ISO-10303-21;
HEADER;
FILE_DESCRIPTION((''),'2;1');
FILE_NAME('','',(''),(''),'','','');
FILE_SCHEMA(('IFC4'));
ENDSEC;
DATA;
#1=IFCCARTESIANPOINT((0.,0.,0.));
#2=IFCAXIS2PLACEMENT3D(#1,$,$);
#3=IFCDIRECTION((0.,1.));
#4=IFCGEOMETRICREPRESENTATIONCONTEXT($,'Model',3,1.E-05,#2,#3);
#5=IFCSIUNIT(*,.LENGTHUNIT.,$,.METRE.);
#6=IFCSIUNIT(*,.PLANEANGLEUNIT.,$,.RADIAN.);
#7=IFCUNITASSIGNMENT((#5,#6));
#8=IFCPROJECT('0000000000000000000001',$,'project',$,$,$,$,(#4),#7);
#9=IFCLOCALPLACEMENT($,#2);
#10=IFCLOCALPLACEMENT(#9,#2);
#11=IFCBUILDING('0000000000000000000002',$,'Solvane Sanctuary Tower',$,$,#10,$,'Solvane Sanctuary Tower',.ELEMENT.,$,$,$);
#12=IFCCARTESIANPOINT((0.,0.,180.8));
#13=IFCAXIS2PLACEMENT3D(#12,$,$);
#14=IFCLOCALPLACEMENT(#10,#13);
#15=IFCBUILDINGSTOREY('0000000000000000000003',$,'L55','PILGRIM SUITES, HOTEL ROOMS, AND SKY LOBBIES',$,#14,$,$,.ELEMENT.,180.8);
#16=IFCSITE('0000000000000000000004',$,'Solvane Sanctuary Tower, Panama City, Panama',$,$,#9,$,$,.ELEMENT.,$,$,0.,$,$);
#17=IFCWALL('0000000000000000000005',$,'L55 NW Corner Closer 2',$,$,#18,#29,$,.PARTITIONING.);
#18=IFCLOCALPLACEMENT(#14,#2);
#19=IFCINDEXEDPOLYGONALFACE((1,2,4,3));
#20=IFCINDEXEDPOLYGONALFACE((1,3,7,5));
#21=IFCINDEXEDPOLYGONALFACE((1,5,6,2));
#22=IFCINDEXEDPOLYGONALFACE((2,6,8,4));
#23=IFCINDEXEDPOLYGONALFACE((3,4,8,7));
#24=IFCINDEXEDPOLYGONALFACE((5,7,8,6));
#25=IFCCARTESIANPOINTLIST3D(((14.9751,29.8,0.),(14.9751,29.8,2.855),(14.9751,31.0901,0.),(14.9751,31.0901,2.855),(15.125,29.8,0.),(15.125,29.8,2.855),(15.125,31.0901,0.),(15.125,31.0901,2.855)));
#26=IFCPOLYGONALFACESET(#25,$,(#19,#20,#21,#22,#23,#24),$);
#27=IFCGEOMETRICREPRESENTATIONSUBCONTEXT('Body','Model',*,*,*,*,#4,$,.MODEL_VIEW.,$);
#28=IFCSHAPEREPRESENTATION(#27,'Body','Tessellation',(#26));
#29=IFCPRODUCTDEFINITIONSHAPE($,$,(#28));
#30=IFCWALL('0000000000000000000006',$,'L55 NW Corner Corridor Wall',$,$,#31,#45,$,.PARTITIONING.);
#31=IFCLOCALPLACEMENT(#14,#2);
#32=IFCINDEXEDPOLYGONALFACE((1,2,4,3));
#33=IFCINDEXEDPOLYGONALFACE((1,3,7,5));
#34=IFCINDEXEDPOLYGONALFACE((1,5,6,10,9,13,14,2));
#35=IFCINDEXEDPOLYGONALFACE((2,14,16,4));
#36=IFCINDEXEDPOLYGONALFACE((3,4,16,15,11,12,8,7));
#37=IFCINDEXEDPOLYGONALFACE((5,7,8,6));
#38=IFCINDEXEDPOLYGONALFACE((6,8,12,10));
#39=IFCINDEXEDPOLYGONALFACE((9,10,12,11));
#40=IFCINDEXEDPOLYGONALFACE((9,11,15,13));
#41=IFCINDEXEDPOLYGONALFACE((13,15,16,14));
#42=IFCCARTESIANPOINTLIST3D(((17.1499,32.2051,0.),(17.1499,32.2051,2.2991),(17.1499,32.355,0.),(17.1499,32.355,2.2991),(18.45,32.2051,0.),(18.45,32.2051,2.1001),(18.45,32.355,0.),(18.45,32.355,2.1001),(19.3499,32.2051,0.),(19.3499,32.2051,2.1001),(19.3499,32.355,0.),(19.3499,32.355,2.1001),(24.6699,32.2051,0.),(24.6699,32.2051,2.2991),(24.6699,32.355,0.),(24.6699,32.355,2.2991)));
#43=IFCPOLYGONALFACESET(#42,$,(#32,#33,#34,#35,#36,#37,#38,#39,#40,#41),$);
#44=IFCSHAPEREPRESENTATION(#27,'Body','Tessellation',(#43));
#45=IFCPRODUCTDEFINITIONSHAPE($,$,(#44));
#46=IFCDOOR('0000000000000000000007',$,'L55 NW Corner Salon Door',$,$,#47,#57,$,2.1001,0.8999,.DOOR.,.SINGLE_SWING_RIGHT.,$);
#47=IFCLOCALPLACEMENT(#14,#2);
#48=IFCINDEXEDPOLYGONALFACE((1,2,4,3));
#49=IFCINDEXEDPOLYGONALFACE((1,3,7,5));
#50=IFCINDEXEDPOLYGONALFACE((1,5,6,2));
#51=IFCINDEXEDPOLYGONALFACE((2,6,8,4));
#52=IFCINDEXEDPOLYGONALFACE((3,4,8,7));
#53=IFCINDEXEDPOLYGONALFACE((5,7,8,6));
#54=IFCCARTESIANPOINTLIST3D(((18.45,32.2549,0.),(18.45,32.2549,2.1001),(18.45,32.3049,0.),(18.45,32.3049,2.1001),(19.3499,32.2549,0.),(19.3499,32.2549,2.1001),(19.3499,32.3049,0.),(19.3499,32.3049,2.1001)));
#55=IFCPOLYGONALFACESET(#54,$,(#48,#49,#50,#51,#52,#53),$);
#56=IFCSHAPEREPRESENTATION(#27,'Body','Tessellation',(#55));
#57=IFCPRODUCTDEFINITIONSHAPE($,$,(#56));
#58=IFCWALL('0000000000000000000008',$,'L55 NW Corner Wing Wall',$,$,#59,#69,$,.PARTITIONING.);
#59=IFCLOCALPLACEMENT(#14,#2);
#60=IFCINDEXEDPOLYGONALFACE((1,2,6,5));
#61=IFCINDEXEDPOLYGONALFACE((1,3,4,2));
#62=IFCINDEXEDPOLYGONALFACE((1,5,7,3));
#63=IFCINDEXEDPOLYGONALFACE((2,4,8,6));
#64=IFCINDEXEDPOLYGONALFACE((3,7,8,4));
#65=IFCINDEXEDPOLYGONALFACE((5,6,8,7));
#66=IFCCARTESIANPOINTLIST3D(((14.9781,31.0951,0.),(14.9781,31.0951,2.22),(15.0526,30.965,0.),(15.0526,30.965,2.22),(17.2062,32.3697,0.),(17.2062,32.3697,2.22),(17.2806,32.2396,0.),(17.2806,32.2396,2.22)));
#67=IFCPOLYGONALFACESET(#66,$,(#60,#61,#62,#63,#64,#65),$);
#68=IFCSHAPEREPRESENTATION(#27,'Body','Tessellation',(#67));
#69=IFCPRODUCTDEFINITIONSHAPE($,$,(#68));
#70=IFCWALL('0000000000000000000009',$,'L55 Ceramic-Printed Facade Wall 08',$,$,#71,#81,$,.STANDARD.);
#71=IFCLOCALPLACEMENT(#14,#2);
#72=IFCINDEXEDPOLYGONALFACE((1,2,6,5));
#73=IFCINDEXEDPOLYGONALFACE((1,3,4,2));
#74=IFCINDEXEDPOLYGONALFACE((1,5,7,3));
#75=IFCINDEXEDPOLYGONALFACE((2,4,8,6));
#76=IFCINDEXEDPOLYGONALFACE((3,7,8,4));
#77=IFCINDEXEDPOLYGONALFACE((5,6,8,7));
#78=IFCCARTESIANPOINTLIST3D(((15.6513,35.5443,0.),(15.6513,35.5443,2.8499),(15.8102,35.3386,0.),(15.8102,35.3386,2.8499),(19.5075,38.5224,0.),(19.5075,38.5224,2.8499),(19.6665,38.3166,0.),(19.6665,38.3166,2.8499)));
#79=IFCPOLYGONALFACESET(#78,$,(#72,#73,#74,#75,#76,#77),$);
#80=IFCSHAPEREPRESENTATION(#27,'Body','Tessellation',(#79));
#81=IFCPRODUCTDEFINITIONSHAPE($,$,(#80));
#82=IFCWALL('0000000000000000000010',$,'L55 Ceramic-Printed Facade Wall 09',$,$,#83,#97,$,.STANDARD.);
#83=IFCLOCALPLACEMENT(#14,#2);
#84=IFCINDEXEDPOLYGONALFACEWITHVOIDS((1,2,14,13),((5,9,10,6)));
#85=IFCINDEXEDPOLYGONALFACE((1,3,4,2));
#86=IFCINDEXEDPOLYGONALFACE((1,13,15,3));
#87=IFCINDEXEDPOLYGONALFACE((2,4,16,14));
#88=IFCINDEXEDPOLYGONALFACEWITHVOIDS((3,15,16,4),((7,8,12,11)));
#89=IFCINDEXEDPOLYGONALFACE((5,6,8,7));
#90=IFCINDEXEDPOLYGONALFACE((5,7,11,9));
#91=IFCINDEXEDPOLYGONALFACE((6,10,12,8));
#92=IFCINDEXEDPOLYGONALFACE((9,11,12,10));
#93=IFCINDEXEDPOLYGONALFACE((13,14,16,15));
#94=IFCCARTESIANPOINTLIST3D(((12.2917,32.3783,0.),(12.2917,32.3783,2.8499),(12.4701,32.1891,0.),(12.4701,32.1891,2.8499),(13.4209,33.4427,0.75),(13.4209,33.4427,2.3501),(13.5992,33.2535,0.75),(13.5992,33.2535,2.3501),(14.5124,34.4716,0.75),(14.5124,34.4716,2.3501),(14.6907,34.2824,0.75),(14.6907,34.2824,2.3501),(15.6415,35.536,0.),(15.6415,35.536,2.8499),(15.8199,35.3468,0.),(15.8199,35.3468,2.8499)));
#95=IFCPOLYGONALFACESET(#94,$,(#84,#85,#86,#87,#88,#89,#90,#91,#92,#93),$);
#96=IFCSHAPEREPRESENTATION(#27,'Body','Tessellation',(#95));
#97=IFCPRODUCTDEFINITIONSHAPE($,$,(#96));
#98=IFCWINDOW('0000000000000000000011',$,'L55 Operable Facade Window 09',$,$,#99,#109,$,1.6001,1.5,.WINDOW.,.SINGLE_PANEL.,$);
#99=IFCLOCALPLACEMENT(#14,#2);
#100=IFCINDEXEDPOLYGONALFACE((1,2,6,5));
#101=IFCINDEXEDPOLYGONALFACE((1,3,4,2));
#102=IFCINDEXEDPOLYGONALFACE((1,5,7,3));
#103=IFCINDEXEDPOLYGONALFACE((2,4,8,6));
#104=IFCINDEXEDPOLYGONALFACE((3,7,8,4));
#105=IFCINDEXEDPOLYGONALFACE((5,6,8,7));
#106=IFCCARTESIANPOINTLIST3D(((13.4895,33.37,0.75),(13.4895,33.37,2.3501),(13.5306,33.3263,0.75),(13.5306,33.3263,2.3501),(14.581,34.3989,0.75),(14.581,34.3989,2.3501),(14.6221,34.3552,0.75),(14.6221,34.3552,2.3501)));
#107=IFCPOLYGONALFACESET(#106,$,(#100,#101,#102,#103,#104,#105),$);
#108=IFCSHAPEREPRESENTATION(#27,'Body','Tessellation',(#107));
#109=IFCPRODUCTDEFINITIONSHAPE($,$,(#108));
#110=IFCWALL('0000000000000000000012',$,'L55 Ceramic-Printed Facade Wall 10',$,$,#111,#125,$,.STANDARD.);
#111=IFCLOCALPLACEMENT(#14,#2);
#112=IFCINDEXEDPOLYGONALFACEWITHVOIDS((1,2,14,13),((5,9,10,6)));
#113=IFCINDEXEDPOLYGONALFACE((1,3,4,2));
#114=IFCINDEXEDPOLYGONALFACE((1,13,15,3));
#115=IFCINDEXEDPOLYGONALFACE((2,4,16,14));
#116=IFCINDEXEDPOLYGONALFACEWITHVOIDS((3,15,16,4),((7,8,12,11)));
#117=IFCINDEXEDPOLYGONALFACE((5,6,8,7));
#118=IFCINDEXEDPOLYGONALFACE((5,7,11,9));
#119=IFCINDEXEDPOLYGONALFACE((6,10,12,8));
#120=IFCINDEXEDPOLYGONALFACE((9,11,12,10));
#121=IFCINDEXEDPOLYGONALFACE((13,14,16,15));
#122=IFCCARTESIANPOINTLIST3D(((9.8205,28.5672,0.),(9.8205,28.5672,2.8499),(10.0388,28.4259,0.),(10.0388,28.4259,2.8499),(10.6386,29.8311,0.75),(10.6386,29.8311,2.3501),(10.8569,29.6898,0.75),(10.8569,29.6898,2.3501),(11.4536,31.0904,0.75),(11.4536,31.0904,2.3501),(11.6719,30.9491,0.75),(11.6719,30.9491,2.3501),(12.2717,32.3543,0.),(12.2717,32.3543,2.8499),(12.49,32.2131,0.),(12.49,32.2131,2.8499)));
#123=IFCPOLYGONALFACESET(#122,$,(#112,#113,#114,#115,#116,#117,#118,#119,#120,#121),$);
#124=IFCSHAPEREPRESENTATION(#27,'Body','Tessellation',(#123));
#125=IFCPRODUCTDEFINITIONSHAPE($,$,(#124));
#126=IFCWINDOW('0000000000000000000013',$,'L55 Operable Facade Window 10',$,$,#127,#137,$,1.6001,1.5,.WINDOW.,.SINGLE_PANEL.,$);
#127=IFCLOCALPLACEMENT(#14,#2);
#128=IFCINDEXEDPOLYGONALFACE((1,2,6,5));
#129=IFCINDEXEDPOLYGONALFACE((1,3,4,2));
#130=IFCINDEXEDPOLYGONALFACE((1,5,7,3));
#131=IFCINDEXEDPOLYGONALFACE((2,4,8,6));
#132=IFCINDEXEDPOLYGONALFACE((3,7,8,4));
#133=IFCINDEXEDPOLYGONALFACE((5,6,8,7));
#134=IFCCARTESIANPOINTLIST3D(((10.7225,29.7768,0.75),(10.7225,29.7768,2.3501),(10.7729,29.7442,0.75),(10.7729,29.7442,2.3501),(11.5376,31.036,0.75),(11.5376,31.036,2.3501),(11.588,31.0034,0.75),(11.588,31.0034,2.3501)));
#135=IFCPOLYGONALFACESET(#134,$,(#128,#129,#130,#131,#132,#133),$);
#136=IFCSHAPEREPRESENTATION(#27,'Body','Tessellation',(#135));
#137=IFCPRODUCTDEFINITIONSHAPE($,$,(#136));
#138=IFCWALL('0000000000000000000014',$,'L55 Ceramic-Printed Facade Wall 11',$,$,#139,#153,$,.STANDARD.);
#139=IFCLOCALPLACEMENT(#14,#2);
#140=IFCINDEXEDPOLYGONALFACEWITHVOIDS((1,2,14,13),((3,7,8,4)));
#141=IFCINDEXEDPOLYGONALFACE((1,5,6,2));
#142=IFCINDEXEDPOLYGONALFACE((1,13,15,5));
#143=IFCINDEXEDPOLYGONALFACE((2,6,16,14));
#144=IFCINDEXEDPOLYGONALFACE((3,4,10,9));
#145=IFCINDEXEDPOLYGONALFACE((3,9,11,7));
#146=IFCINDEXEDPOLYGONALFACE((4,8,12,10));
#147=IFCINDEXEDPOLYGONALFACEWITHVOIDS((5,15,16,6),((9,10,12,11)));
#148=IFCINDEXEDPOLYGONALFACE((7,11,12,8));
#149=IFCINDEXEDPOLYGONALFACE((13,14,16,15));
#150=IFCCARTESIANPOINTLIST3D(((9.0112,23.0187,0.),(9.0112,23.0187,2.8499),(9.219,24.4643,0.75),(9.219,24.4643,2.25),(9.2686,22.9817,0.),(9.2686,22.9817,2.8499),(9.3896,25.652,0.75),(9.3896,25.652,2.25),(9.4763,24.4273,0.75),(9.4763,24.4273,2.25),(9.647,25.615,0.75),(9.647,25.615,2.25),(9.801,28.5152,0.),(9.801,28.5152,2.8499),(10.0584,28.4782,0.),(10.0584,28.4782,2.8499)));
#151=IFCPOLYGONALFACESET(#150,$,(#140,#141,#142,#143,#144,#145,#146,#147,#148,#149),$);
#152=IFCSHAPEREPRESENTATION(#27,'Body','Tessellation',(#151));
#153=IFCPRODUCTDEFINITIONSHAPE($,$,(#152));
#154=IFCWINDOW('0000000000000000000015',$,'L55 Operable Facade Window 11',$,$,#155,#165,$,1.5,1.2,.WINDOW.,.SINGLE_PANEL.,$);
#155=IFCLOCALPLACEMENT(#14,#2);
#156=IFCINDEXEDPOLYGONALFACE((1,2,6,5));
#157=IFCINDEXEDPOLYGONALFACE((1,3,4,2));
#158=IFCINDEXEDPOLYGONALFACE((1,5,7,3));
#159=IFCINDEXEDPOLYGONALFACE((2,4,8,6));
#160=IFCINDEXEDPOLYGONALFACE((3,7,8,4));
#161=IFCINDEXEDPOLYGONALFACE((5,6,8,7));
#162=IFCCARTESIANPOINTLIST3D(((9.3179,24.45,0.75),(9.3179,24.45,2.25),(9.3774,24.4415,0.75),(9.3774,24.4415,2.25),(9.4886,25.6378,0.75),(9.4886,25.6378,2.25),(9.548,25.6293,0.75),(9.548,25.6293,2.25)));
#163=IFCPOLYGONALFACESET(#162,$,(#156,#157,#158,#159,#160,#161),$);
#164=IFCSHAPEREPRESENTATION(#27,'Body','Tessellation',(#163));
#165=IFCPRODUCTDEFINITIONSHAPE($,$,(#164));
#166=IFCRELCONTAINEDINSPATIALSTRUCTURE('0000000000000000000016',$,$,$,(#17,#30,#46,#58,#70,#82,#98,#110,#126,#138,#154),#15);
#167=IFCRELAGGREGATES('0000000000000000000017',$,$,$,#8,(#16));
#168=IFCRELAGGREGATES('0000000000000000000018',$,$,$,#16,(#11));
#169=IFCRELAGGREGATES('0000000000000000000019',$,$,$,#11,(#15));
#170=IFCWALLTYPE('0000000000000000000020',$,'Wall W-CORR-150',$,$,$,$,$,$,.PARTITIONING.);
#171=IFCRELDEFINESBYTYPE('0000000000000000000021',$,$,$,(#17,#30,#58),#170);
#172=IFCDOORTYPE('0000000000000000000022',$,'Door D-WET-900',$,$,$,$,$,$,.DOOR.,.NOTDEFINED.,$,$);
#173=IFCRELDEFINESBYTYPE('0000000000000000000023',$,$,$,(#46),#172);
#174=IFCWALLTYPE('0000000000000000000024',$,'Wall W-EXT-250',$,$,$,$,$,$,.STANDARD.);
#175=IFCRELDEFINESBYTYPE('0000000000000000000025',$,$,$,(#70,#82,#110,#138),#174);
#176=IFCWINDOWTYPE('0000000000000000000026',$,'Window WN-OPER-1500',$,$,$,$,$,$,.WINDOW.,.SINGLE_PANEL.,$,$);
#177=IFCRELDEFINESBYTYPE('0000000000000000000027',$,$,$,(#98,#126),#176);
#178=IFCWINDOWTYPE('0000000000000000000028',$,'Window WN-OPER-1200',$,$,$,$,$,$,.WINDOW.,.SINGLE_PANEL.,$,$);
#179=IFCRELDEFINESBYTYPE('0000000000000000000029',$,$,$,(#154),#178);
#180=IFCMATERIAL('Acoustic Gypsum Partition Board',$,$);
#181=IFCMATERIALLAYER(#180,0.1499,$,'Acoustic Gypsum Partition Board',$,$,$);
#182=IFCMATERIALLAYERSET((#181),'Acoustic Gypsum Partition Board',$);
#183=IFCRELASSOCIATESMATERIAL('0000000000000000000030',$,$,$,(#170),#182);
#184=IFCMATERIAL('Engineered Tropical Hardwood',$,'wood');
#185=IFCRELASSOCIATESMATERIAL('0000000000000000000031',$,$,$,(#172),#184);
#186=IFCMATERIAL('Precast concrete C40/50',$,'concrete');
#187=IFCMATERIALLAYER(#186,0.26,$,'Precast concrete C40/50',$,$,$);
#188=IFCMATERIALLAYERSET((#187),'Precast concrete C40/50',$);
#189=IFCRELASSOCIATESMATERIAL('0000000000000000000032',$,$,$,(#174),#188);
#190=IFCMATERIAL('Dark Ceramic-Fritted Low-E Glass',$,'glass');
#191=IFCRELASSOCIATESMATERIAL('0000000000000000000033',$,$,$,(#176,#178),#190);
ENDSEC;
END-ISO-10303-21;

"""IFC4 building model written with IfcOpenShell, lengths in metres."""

from ifc_helpers import new_model, si_unit, direction, frame, frame_2d, origin, place, context, subcontext, project, spatial, rectangle, extrude, material, layer, layer_set, type_object, element, fill, save


model = new_model("IFC4")

# Units and contexts
model_context = context("Model", 3, precision=1e-05, world=origin(), true_north=direction((0.0, 1.0)))
body_context = subcontext(model_context, "Body", "Model", "MODEL_VIEW")
ifc_project = project(units=[si_unit("LENGTHUNIT", "METRE"), si_unit("PLANEANGLEUNIT", "RADIAN")], contexts=[model_context])

# Site, building, storey
site_placement = place(None, origin())
site = spatial("IfcSite", under=ifc_project, at=site_placement, Name="Solvane Sanctuary Tower, Panama City, Panama", CompositionType="ELEMENT", RefElevation=0.0)
building_placement = place(site_placement, origin())
building = spatial("IfcBuilding", under=site, at=building_placement, Name="Solvane Sanctuary Tower", LongName="Solvane Sanctuary Tower", CompositionType="ELEMENT")
storey_placement = place(building_placement, frame((0.0, 0.0, 180.8)))
storey = spatial("IfcBuildingStorey", under=building, at=storey_placement, Name="L55", Description="PILGRIM SUITES, HOTEL ROOMS, AND SKY LOBBIES", CompositionType="ELEMENT", Elevation=180.8)

# Wall
ifc_material_1 = material(Name="Acoustic Gypsum Partition Board")
ifc_layer_1 = layer(ifc_material_1, 0.1499, Name="Acoustic Gypsum Partition Board")
ifc_layer_set_1 = layer_set([ifc_layer_1], Name="Acoustic Gypsum Partition Board")
wall_type_1 = type_object("IfcWallType", Name="Wall W-CORR-150", PredefinedType="PARTITIONING", material=ifc_layer_set_1)
wall_1_placement = place(storey_placement, frame((15.05, 29.8, 0.0), z_axis=(0.0, 0.0, 1.0), x_axis=(0.0, 1.0, 0.0)))
element("IfcWall", 1, at=wall_1_placement, inside=storey, type_object=wall_type_1, Name="L55 NW Corner Closer 2", PredefinedType="PARTITIONING", context=body_context, shape_type="SweptSolid", body=[
    extrude(rectangle(XDim=1.29, YDim=0.1499, at=frame_2d((0.645, 0.0))), origin(), (0.0, 0.0, 1.0), 2.855),
])

# Wall, opening, door
wall_2_placement = place(storey_placement, frame((17.1499, 32.28, 0.0), z_axis=(0.0, 0.0, 1.0), x_axis=(1.0, 0.0, 0.0)))
wall_2 = element("IfcWall", 2, at=wall_2_placement, inside=storey, type_object=wall_type_1, Name="L55 NW Corner Corridor Wall", PredefinedType="PARTITIONING", context=body_context, shape_type="SweptSolid", body=[
    extrude(rectangle(XDim=7.52, YDim=0.1499, at=frame_2d((3.76, 0.0))), origin(), (0.0, 0.0, 1.0), 2.2991),
])
opening_1_placement = place(wall_2_placement, frame((1.3, 0.0, 0.0)))
opening_1 = element("IfcOpeningElement", 3, at=opening_1_placement, cuts=wall_2, PredefinedType="OPENING", context=body_context, shape_type="SweptSolid", body=[
    extrude(rectangle(XDim=0.8999, YDim=2.1001, at=frame_2d((0.45, 1.05))), frame((0.0, 0.085, 0.0), z_axis=(0.0, -1.0, 0.0), x_axis=(1.0, 0.0, 0.0)), (0.0, 0.0, 1.0), 0.1699),
])
ifc_material_2 = material(Name="Engineered Tropical Hardwood", Category="wood")
door_type_1 = type_object("IfcDoorType", Name="Door D-WET-900", OperationType="NOTDEFINED", PredefinedType="DOOR", material=ifc_material_2)
door_1_placement = place(opening_1_placement, origin())
door_1 = element("IfcDoor", 4, at=door_1_placement, inside=storey, type_object=door_type_1, Name="L55 NW Corner Salon Door", OperationType="SINGLE_SWING_RIGHT", OverallHeight=2.1001, OverallWidth=0.8999, PredefinedType="DOOR", context=body_context, shape_type="SweptSolid", body=[
    extrude(rectangle(XDim=0.8999, YDim=2.1001, at=frame_2d((0.45, 1.05))), frame((0.0, 0.0249, 0.0), z_axis=(0.0, -1.0, 0.0), x_axis=(1.0, 0.0, 0.0)), (0.0, 0.0, 1.0), 0.05),
])
fill(opening_1, door_1)

# Walls
wall_3_placement = place(storey_placement, frame((17.2434, 32.3047, 0.0), z_axis=(0.0, 0.0, 1.0), x_axis=(-0.867991, -0.496579, 0.0)))
element("IfcWall", 5, at=wall_3_placement, inside=storey, type_object=wall_type_1, Name="L55 NW Corner Wing Wall", PredefinedType="PARTITIONING", context=body_context, shape_type="SweptSolid", body=[
    extrude(rectangle(XDim=2.5669, YDim=0.1499, at=frame_2d((1.2834, 0.0))), origin(), (0.0, 0.0, 1.0), 2.22),
])
ifc_material_3 = material(Name="Precast concrete C40/50", Category="concrete")
ifc_layer_2 = layer(ifc_material_3, 0.26, Name="Precast concrete C40/50")
ifc_layer_set_2 = layer_set([ifc_layer_2], Name="Precast concrete C40/50")
wall_type_2 = type_object("IfcWallType", Name="Wall W-EXT-250", PredefinedType="STANDARD", material=ifc_layer_set_2)
wall_4_placement = place(storey_placement, frame((19.5869, 38.4194, 0.0), z_axis=(0.0, 0.0, 1.0), x_axis=(-0.79146, -0.611221, 0.0)))
element("IfcWall", 6, at=wall_4_placement, inside=storey, type_object=wall_type_2, Name="L55 Ceramic-Printed Facade Wall 08", PredefinedType="STANDARD", context=body_context, shape_type="SweptSolid", body=[
    extrude(rectangle(XDim=4.8723, YDim=0.26, at=frame_2d((2.436, 0.0))), origin(), (0.0, 0.0, 1.0), 2.8499),
])

# Walls, openings, windows
wall_5_placement = place(storey_placement, frame((15.7307, 35.4414, 0.0), z_axis=(0.0, 0.0, 1.0), x_axis=(-0.727667, -0.68593, 0.0)))
wall_5 = element("IfcWall", 7, at=wall_5_placement, inside=storey, type_object=wall_type_2, Name="L55 Ceramic-Printed Facade Wall 09", PredefinedType="STANDARD", context=body_context, shape_type="SweptSolid", body=[
    extrude(rectangle(XDim=4.6035, YDim=0.26, at=frame_2d((2.3018, 0.0))), origin(), (0.0, 0.0, 1.0), 2.8499),
])
opening_2_placement = place(wall_5_placement, frame((1.5518, 0.0, 0.75)))
opening_2 = element("IfcOpeningElement", 8, at=opening_2_placement, cuts=wall_5, PredefinedType="OPENING", context=body_context, shape_type="SweptSolid", body=[
    extrude(rectangle(XDim=1.5, YDim=1.6001, at=frame_2d((0.75, 0.8))), frame((0.0, 0.1399, 0.0), z_axis=(0.0, -1.0, 0.0), x_axis=(1.0, 0.0, 0.0)), (0.0, 0.0, 1.0), 0.28),
])
ifc_material_4 = material(Name="Dark Ceramic-Fritted Low-E Glass", Category="glass")
window_type_1 = type_object("IfcWindowType", Name="Window WN-OPER-1500", PartitioningType="SINGLE_PANEL", PredefinedType="WINDOW", material=ifc_material_4)
window_1_placement = place(opening_2_placement, origin())
window_1 = element("IfcWindow", 9, at=window_1_placement, inside=storey, type_object=window_type_1, Name="L55 Operable Facade Window 09", OverallHeight=1.6001, OverallWidth=1.5, PartitioningType="SINGLE_PANEL", PredefinedType="WINDOW", context=body_context, shape_type="SweptSolid", body=[
    extrude(rectangle(XDim=1.5, YDim=1.6001, at=frame_2d((0.75, 0.8))), frame((0.0, 0.03, 0.0), z_axis=(0.0, -1.0, 0.0), x_axis=(1.0, 0.0, 0.0)), (0.0, 0.0, 1.0), 0.0601),
])
fill(opening_2, window_1)
wall_6_placement = place(storey_placement, frame((12.3809, 32.2837, 0.0), z_axis=(0.0, 0.0, 1.0), x_axis=(-0.543359, -0.8395, 0.0)))
wall_6 = element("IfcWall", 10, at=wall_6_placement, inside=storey, type_object=wall_type_2, Name="L55 Ceramic-Printed Facade Wall 10", PredefinedType="STANDARD", context=body_context, shape_type="SweptSolid", body=[
    extrude(rectangle(XDim=4.5112, YDim=0.26, at=frame_2d((2.2556, 0.0))), origin(), (0.0, 0.0, 1.0), 2.8499),
])
opening_3_placement = place(wall_6_placement, frame((1.5056, 0.0, 0.75)))
opening_3 = element("IfcOpeningElement", 11, at=opening_3_placement, cuts=wall_6, PredefinedType="OPENING", context=body_context, shape_type="SweptSolid", body=[
    extrude(rectangle(XDim=1.5, YDim=1.6001, at=frame_2d((0.75, 0.8))), frame((0.0, 0.1399, 0.0), z_axis=(0.0, -1.0, 0.0), x_axis=(1.0, 0.0, 0.0)), (0.0, 0.0, 1.0), 0.28),
])
window_2_placement = place(opening_3_placement, origin())
window_2 = element("IfcWindow", 12, at=window_2_placement, inside=storey, type_object=window_type_1, Name="L55 Operable Facade Window 10", OverallHeight=1.6001, OverallWidth=1.5, PartitioningType="SINGLE_PANEL", PredefinedType="WINDOW", context=body_context, shape_type="SweptSolid", body=[
    extrude(rectangle(XDim=1.5, YDim=1.6001, at=frame_2d((0.75, 0.8))), frame((0.0, 0.03, 0.0), z_axis=(0.0, -1.0, 0.0), x_axis=(1.0, 0.0, 0.0)), (0.0, 0.0, 1.0), 0.0601),
])
fill(opening_3, window_2)
wall_7_placement = place(storey_placement, frame((9.9297, 28.4966, 0.0), z_axis=(0.0, 0.0, 1.0), x_axis=(-0.142228, -0.989834, 0.0)))
wall_7 = element("IfcWall", 13, at=wall_7_placement, inside=storey, type_object=wall_type_2, Name="L55 Ceramic-Printed Facade Wall 11", PredefinedType="STANDARD", context=body_context, shape_type="SweptSolid", body=[
    extrude(rectangle(XDim=5.553, YDim=0.26, at=frame_2d((2.7764, 0.0))), origin(), (0.0, 0.0, 1.0), 2.8499),
])
opening_4_placement = place(wall_7_placement, frame((2.8923, 0.0, 0.75)))
opening_4 = element("IfcOpeningElement", 14, at=opening_4_placement, cuts=wall_7, PredefinedType="OPENING", context=body_context, shape_type="SweptSolid", body=[
    extrude(rectangle(XDim=1.2, YDim=1.5, at=frame_2d((0.6001, 0.75))), frame((0.0, 0.1399, 0.0), z_axis=(0.0, -1.0, 0.0), x_axis=(1.0, 0.0, 0.0)), (0.0, 0.0, 1.0), 0.28),
])
window_type_2 = type_object("IfcWindowType", Name="Window WN-OPER-1200", PartitioningType="SINGLE_PANEL", PredefinedType="WINDOW", material=ifc_material_4)
window_3_placement = place(opening_4_placement, origin())
window_3 = element("IfcWindow", 15, at=window_3_placement, inside=storey, type_object=window_type_2, Name="L55 Operable Facade Window 11", OverallHeight=1.5, OverallWidth=1.2, PartitioningType="SINGLE_PANEL", PredefinedType="WINDOW", context=body_context, shape_type="SweptSolid", body=[
    extrude(rectangle(XDim=1.2, YDim=1.5, at=frame_2d((0.6001, 0.75))), frame((0.0, 0.03, 0.0), z_axis=(0.0, -1.0, 0.0), x_axis=(1.0, 0.0, 0.0)), (0.0, 0.0, 1.0), 0.0601),
])
fill(opening_4, window_3)

save(model, "model.ifc")
